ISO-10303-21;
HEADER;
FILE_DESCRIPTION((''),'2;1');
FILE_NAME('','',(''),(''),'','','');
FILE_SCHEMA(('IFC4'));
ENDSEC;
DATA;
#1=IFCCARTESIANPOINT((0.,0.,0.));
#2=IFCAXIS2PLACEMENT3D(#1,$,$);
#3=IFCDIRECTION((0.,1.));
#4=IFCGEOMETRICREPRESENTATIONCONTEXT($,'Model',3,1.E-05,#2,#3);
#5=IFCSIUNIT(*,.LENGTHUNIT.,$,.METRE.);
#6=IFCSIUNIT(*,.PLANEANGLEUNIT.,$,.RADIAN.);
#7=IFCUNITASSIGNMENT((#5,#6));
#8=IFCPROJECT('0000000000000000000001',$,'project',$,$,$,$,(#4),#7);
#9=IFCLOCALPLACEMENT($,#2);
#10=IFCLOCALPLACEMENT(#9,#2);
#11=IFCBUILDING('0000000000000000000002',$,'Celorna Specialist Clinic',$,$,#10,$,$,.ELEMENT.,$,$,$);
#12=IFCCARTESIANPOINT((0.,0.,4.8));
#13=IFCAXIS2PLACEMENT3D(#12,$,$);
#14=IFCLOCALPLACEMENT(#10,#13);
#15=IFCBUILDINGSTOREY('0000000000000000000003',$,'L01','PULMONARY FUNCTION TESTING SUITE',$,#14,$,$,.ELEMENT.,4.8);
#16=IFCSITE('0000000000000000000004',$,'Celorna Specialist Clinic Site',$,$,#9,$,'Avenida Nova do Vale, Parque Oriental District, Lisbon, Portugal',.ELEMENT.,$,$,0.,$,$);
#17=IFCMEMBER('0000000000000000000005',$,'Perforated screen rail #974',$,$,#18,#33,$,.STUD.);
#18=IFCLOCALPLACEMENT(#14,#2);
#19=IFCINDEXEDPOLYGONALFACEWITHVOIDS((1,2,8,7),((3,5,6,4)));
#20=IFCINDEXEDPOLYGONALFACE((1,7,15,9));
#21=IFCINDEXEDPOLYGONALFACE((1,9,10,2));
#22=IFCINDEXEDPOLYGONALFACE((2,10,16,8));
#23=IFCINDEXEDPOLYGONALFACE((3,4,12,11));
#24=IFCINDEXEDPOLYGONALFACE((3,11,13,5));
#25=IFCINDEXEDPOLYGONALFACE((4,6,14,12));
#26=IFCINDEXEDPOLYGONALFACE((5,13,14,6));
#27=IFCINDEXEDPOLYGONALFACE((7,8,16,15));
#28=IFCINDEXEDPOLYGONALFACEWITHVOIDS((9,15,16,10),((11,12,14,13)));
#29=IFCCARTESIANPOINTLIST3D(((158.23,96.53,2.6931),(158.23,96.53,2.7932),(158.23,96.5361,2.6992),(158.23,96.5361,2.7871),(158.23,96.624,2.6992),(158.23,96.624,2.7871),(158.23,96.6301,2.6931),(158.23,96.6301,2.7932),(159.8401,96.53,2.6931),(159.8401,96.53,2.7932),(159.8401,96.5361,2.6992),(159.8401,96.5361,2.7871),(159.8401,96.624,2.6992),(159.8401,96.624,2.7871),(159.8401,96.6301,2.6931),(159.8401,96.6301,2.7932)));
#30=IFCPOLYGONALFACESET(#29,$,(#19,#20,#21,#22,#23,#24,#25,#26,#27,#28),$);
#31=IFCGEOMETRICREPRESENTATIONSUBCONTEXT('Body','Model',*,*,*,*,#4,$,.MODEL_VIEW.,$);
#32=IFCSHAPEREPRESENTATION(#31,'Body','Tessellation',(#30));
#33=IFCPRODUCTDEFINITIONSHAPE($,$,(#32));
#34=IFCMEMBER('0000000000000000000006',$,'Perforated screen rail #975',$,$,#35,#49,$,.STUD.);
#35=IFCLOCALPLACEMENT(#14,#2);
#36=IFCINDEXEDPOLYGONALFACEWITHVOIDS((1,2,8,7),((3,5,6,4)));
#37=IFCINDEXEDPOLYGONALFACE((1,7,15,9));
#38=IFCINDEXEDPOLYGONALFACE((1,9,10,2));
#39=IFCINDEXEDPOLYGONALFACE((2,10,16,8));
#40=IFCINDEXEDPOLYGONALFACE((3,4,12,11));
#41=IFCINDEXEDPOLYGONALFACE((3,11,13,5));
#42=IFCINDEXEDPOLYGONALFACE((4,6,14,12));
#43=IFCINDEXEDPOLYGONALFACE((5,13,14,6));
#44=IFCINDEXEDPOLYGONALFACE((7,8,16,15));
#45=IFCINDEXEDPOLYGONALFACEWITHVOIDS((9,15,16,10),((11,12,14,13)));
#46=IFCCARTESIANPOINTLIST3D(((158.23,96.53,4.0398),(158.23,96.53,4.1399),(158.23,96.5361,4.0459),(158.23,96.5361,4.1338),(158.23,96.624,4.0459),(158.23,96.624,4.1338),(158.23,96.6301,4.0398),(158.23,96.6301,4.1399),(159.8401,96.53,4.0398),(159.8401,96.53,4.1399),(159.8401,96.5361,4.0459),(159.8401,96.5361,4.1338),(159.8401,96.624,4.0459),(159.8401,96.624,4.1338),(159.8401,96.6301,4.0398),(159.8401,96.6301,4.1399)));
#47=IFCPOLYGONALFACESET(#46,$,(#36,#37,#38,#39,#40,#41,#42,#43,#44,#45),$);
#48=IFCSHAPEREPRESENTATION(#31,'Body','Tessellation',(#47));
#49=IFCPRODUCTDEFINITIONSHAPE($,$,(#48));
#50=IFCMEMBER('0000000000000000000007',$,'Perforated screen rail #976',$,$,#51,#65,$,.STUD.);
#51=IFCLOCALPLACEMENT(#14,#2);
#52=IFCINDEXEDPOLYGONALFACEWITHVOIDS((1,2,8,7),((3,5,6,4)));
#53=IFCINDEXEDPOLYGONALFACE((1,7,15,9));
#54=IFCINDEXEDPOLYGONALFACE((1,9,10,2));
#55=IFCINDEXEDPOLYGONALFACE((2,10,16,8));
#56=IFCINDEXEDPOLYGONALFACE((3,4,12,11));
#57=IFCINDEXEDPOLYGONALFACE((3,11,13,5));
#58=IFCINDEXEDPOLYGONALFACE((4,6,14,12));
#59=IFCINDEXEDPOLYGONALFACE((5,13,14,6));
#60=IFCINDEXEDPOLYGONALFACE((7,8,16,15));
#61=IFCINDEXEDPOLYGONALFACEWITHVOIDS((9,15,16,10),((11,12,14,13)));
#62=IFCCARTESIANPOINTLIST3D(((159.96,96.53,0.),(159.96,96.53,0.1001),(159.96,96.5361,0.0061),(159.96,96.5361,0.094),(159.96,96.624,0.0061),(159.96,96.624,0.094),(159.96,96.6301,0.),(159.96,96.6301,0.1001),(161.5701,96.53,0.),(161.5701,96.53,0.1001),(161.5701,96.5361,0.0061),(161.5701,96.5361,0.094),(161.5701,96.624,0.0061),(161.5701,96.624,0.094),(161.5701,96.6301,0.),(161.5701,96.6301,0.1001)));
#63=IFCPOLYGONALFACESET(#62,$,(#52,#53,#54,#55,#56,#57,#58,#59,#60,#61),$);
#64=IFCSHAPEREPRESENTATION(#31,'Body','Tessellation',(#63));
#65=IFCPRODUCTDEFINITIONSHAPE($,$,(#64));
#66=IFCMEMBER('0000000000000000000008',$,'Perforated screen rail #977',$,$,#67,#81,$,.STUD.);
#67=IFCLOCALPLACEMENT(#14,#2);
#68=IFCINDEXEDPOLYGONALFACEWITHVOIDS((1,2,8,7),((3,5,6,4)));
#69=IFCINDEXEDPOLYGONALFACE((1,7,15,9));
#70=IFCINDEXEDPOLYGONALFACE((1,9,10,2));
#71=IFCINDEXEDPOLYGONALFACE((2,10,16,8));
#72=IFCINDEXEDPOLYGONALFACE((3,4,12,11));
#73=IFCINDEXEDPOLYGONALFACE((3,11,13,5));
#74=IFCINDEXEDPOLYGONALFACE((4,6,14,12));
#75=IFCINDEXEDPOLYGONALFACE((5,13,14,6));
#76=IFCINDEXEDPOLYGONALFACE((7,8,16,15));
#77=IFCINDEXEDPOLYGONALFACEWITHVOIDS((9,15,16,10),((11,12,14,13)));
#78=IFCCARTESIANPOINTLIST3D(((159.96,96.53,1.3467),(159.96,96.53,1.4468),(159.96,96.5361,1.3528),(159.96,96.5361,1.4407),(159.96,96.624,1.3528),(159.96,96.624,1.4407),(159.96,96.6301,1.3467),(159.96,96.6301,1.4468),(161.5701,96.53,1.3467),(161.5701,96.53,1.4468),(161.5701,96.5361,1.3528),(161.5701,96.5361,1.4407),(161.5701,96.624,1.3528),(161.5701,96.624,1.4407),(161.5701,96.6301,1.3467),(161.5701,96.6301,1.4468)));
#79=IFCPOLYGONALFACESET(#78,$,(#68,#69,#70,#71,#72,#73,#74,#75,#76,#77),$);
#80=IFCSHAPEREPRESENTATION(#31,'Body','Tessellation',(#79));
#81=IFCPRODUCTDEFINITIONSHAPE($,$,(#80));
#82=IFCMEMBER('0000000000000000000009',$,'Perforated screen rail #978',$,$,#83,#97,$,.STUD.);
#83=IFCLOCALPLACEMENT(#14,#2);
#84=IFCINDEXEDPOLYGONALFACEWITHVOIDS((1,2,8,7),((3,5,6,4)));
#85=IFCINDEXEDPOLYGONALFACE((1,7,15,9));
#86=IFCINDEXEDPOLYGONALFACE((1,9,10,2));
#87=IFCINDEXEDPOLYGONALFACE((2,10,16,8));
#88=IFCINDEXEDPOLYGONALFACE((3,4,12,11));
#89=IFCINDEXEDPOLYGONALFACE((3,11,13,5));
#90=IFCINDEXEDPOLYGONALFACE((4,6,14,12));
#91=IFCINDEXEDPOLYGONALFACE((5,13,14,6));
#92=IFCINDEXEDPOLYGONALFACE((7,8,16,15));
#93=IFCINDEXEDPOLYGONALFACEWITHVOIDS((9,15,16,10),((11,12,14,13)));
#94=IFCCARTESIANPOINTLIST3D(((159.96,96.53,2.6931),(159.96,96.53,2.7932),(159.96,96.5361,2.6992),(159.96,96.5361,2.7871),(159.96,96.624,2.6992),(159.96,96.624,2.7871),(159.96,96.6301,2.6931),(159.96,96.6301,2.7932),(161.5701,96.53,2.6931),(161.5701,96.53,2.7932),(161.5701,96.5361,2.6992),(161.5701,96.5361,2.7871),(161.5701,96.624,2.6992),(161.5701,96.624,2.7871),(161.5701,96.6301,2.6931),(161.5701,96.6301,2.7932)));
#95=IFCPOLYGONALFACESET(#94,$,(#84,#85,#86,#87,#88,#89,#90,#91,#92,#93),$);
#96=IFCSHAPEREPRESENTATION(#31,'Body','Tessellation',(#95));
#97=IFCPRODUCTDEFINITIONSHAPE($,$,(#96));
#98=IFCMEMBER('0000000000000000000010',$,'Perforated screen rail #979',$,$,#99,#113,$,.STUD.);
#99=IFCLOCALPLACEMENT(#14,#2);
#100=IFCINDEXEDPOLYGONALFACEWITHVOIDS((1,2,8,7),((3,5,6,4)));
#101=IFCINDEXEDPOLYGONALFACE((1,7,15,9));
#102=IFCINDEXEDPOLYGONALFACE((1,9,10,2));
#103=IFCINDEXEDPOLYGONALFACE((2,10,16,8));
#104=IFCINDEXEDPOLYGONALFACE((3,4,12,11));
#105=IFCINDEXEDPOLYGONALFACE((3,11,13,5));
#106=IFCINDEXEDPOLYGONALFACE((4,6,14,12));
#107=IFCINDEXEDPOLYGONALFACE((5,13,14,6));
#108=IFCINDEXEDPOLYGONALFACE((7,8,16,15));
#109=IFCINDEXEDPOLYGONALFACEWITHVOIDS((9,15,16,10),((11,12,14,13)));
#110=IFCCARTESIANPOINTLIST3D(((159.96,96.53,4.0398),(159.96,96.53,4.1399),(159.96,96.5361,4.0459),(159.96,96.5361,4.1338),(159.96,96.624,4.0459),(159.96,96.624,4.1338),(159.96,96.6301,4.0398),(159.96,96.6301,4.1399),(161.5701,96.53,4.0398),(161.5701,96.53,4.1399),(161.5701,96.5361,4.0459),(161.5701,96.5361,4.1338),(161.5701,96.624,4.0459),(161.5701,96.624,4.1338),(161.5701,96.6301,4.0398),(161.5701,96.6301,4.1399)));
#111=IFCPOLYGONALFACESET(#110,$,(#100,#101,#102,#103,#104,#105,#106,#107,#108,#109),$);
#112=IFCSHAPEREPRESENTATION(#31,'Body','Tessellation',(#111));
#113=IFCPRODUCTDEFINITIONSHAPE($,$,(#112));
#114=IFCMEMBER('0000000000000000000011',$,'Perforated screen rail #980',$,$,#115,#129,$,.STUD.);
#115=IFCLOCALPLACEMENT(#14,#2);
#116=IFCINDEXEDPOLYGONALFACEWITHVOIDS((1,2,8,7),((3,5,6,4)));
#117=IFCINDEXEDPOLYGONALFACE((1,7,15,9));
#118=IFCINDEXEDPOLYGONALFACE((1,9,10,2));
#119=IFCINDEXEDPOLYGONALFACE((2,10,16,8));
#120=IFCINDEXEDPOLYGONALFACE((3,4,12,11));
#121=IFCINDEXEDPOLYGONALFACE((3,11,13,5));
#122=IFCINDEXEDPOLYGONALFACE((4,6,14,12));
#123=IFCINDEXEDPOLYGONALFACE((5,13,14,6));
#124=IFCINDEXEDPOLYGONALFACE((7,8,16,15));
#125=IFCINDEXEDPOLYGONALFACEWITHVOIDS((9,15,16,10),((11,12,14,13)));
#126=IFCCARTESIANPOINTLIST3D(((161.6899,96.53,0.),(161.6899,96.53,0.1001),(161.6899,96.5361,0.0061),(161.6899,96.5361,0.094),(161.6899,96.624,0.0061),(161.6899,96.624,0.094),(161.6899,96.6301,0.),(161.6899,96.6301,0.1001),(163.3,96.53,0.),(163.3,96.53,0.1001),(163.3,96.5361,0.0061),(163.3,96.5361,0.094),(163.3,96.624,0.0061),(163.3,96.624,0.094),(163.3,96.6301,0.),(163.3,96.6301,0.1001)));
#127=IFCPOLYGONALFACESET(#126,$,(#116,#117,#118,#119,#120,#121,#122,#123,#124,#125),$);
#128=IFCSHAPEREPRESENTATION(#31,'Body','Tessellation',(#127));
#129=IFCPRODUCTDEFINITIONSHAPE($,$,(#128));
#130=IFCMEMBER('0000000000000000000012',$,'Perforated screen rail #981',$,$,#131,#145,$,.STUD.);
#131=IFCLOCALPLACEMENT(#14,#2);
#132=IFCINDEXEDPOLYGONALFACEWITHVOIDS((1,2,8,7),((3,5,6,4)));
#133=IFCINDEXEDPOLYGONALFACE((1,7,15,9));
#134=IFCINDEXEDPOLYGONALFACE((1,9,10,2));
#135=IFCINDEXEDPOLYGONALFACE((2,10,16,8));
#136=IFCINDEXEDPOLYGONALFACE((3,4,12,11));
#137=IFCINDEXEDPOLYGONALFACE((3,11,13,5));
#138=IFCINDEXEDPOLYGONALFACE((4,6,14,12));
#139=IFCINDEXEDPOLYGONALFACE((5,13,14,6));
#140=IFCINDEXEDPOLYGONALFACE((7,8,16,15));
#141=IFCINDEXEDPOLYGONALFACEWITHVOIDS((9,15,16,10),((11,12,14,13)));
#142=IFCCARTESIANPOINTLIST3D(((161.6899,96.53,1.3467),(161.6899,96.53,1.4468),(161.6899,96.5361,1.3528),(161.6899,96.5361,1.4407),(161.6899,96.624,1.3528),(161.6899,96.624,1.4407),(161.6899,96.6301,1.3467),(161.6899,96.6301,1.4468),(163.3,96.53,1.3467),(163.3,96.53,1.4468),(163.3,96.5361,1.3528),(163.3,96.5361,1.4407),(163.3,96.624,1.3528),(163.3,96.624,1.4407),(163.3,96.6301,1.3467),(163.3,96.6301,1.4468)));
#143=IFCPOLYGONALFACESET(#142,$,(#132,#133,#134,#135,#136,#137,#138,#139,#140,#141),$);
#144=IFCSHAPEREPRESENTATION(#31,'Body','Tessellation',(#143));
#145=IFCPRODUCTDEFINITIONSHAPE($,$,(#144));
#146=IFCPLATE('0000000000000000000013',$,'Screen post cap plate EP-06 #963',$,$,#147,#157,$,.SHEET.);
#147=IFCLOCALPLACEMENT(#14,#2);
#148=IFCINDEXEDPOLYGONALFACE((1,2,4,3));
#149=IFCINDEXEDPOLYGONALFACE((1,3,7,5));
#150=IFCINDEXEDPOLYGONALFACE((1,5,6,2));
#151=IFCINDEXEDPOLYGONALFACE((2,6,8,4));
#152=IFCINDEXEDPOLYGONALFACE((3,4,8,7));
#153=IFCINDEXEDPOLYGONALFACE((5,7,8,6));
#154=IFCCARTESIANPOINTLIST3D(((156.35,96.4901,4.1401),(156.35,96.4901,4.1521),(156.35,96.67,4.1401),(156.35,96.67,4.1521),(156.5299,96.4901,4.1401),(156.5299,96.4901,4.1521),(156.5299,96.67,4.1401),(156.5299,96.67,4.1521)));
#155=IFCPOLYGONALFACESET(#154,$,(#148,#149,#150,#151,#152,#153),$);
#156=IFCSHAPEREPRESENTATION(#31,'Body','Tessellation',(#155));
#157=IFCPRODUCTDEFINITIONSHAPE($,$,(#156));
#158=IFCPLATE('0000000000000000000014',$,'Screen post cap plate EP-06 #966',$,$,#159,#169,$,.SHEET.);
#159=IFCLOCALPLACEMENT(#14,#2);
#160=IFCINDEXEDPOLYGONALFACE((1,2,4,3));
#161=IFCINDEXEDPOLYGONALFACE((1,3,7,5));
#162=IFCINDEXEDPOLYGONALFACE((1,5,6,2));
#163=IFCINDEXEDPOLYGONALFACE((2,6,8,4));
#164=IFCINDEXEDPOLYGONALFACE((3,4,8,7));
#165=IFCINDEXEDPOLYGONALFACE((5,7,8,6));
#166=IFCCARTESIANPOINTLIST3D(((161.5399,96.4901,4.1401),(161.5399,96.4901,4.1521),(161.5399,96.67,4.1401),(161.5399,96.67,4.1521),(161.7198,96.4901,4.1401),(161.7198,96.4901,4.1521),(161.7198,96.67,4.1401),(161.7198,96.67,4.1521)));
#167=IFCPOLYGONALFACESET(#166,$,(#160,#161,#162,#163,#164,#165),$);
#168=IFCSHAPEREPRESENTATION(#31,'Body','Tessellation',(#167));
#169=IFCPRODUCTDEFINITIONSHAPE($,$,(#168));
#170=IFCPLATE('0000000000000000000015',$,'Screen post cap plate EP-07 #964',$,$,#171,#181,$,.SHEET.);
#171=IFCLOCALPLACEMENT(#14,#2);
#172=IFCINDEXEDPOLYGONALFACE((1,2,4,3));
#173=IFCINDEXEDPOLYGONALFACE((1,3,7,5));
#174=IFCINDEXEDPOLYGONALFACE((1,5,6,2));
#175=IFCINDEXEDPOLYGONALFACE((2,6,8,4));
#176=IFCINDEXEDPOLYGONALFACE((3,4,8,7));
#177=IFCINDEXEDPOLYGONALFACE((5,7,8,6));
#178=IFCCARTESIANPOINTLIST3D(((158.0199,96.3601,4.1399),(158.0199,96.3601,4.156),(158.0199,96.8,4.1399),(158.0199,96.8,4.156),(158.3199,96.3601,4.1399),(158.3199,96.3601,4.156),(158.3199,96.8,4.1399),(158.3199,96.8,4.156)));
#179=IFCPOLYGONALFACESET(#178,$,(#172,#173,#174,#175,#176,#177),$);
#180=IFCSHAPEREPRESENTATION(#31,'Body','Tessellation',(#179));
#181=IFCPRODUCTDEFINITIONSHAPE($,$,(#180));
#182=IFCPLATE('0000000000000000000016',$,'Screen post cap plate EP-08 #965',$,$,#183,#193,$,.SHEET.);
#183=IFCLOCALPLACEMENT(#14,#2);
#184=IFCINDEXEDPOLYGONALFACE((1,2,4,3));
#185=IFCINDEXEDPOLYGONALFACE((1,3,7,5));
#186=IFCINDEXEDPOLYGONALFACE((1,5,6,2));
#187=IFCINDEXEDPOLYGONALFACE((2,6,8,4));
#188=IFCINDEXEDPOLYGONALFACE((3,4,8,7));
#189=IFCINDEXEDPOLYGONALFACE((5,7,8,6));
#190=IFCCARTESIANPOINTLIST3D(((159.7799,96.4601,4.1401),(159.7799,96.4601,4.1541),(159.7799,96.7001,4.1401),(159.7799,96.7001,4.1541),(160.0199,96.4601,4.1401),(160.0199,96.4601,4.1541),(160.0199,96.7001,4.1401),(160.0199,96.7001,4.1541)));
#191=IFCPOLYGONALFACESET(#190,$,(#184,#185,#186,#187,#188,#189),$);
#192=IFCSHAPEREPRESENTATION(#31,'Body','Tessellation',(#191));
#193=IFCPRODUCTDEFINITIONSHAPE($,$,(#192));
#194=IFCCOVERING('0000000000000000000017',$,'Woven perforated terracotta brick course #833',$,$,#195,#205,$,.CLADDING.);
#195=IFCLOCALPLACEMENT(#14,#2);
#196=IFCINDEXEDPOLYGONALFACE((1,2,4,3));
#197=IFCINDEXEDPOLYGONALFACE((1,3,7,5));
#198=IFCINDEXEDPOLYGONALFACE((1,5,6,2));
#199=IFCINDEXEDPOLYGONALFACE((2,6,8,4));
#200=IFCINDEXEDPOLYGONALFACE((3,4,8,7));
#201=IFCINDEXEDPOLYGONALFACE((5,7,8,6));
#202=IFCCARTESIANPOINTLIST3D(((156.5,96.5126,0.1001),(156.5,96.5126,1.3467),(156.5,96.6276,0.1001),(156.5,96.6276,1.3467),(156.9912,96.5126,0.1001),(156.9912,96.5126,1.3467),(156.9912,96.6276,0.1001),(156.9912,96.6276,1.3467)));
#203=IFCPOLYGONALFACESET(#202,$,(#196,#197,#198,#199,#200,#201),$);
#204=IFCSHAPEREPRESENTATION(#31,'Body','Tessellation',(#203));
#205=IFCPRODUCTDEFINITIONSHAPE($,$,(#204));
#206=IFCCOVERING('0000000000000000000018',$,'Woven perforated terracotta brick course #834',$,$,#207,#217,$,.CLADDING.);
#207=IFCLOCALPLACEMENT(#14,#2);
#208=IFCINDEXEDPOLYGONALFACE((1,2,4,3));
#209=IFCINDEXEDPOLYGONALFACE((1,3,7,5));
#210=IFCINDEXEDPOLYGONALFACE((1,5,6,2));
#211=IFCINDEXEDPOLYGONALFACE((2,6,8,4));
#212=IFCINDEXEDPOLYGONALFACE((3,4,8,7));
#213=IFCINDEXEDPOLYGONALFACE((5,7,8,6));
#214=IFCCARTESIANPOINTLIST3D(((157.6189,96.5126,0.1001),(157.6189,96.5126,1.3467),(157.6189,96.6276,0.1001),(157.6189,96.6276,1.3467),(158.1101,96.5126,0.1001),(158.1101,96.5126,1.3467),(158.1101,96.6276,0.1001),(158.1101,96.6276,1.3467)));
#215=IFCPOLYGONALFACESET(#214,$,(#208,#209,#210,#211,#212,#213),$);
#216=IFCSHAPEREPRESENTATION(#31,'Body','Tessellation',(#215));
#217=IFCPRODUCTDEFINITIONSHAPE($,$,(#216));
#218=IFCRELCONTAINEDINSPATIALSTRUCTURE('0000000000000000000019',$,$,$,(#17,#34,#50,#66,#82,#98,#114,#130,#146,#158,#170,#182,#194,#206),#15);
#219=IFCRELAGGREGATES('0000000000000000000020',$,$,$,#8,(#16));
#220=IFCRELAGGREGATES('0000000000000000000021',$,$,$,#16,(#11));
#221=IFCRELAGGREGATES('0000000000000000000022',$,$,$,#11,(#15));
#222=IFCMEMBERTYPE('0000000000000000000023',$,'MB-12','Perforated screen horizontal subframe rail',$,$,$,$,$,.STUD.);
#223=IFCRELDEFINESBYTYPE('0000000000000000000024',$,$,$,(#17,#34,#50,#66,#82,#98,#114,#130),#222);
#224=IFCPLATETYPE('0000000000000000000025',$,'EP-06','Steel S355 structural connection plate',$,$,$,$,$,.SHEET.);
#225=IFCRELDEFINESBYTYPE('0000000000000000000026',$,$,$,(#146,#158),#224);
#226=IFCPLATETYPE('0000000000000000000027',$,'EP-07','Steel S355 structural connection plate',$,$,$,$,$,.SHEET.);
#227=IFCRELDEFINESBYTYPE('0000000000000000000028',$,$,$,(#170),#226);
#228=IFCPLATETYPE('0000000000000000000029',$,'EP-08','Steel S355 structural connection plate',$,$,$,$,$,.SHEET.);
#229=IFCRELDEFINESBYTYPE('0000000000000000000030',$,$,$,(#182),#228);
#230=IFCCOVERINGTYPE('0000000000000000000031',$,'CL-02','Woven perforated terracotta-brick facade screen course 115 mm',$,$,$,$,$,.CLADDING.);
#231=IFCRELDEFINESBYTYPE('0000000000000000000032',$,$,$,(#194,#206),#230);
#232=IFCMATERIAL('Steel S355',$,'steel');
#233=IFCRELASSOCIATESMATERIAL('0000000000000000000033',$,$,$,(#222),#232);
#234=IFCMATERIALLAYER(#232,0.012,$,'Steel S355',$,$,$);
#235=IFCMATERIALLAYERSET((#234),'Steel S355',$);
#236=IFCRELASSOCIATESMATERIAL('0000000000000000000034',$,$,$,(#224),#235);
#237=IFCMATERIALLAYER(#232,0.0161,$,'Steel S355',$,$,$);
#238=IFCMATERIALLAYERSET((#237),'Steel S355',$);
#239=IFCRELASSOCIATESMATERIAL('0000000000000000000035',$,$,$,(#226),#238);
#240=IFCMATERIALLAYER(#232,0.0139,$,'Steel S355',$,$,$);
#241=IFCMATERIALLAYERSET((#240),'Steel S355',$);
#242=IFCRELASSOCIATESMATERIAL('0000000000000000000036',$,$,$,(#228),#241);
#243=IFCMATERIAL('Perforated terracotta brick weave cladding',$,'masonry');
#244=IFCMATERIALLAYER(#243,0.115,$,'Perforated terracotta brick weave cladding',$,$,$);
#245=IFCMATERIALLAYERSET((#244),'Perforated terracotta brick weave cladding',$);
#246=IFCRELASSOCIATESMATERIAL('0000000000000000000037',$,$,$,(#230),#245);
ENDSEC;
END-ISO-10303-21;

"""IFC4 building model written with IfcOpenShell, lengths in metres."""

from ifc_helpers import new_model, si_unit, direction, frame, origin, origin_2d, place, context, subcontext, project, spatial, rectangle, hollow_rectangle, extrude, material, layer, layer_set, material_profile, profile_set, type_object, element, save


model = new_model("IFC4")

# Units and contexts
model_context = context("Model", 3, precision=1e-05, world=origin(), true_north=direction((0.0, 1.0)))
body_context = subcontext(model_context, "Body", "Model", "MODEL_VIEW")
ifc_project = project(units=[si_unit("LENGTHUNIT", "METRE"), si_unit("PLANEANGLEUNIT", "RADIAN")], contexts=[model_context])

# Site, building, storey
site_placement = place(None, origin())
site = spatial("IfcSite", under=ifc_project, at=site_placement, Name="Celorna Specialist Clinic Site", LongName="Avenida Nova do Vale, Parque Oriental District, Lisbon, Portugal", CompositionType="ELEMENT", RefElevation=0.0)
building_placement = place(site_placement, origin())
building = spatial("IfcBuilding", under=site, at=building_placement, Name="Celorna Specialist Clinic", CompositionType="ELEMENT")
storey_placement = place(building_placement, frame((0.0, 0.0, 4.8)))
storey = spatial("IfcBuildingStorey", under=building, at=storey_placement, Name="L01", Description="PULMONARY FUNCTION TESTING SUITE", CompositionType="ELEMENT", Elevation=4.8)

# Shared definitions
ifc_material_1 = material(Name="Steel S355", Category="steel")

# Members
ifc_material_profile_1 = material_profile(ifc_material_1, hollow_rectangle(XDim=0.1001, YDim=0.1001, WallThickness=0.0061, at=origin_2d()), Name="SHS 100x100x6")
ifc_profile_set_1 = profile_set([ifc_material_profile_1], Name="Steel S355")
member_type_1 = type_object("IfcMemberType", Name="MB-12", Description="Perforated screen horizontal subframe rail", PredefinedType="STUD", material=ifc_profile_set_1)
for number, where, z_axis, x_axis, name in (
    (1, (158.23, 96.5801, 2.7432), (1.0, 0.0, 0.0), (0.0, 1.0, 0.0), "Perforated screen rail #974"),
    (2, (158.23, 96.5801, 4.0898), (1.0, 0.0, 0.0), (0.0, 1.0, 0.0), "Perforated screen rail #975"),
    (3, (159.96, 96.5801, 0.05), (1.0, 0.0, 0.0), (0.0, 1.0, 0.0), "Perforated screen rail #976"),
    (4, (159.96, 96.5801, 1.3967), (1.0, 0.0, 0.0), (0.0, 1.0, 0.0), "Perforated screen rail #977"),
    (5, (159.96, 96.5801, 2.7432), (1.0, 0.0, 0.0), (0.0, 1.0, 0.0), "Perforated screen rail #978"),
    (6, (159.96, 96.5801, 4.0898), (1.0, 0.0, 0.0), (0.0, 1.0, 0.0), "Perforated screen rail #979"),
    (7, (161.6899, 96.5801, 0.05), (1.0, 0.0, 0.0), (0.0, 1.0, 0.0), "Perforated screen rail #980"),
    (8, (161.6899, 96.5801, 1.3967), (1.0, 0.0, 0.0), (0.0, 1.0, 0.0), "Perforated screen rail #981"),
):
    element("IfcMember", number, at=place(storey_placement, frame(where, z_axis=z_axis, x_axis=x_axis)), inside=storey, type_object=member_type_1, Name=name, PredefinedType="STUD", context=body_context, shape_type="SweptSolid", body=[
        extrude(hollow_rectangle(XDim=0.1001, YDim=0.1001, WallThickness=0.0061, at=origin_2d()), origin(), (0.0, 0.0, 1.0), 1.6101),
    ])

# Plates
ifc_layer_1 = layer(ifc_material_1, 0.012, Name="Steel S355")
ifc_layer_set_1 = layer_set([ifc_layer_1], Name="Steel S355")
plate_type_1 = type_object("IfcPlateType", Name="EP-06", Description="Steel S355 structural connection plate", PredefinedType="SHEET", material=ifc_layer_set_1)
for number, where, z_axis, x_axis, name in (
    (9, (156.4399, 96.5801, 4.1401), (0.0, 0.0, 1.0), (1.0, 0.0, 0.0), "Screen post cap plate EP-06 #963"),
    (10, (161.6299, 96.5801, 4.1401), (0.0, 0.0, 1.0), (1.0, 0.0, 0.0), "Screen post cap plate EP-06 #966"),
):
    element("IfcPlate", number, at=place(storey_placement, frame(where, z_axis=z_axis, x_axis=x_axis)), inside=storey, type_object=plate_type_1, Name=name, PredefinedType="SHEET", context=body_context, shape_type="SweptSolid", body=[
        extrude(rectangle(XDim=0.1799, YDim=0.1799, at=origin_2d()), origin(), (0.0, 0.0, 1.0), 0.012),
    ])
ifc_layer_2 = layer(ifc_material_1, 0.0161, Name="Steel S355")
ifc_layer_set_2 = layer_set([ifc_layer_2], Name="Steel S355")
plate_type_2 = type_object("IfcPlateType", Name="EP-07", Description="Steel S355 structural connection plate", PredefinedType="SHEET", material=ifc_layer_set_2)
plate_1_placement = place(storey_placement, frame((158.1699, 96.5801, 4.1399), z_axis=(0.0, 0.0, 1.0), x_axis=(1.0, 0.0, 0.0)))
element("IfcPlate", 11, at=plate_1_placement, inside=storey, type_object=plate_type_2, Name="Screen post cap plate EP-07 #964", PredefinedType="SHEET", context=body_context, shape_type="SweptSolid", body=[
    extrude(rectangle(XDim=0.3, YDim=0.4399, at=origin_2d()), origin(), (0.0, 0.0, 1.0), 0.0161),
])
ifc_layer_3 = layer(ifc_material_1, 0.0139, Name="Steel S355")
ifc_layer_set_3 = layer_set([ifc_layer_3], Name="Steel S355")
plate_type_3 = type_object("IfcPlateType", Name="EP-08", Description="Steel S355 structural connection plate", PredefinedType="SHEET", material=ifc_layer_set_3)
plate_2_placement = place(storey_placement, frame((159.8999, 96.5801, 4.1401), z_axis=(0.0, 0.0, 1.0), x_axis=(1.0, 0.0, 0.0)))
element("IfcPlate", 12, at=plate_2_placement, inside=storey, type_object=plate_type_3, Name="Screen post cap plate EP-08 #965", PredefinedType="SHEET", context=body_context, shape_type="SweptSolid", body=[
    extrude(rectangle(XDim=0.24, YDim=0.24, at=origin_2d()), origin(), (0.0, 0.0, 1.0), 0.0139),
])

# Coverings
ifc_material_2 = material(Name="Perforated terracotta brick weave cladding", Category="masonry")
ifc_layer_4 = layer(ifc_material_2, 0.115, Name="Perforated terracotta brick weave cladding")
ifc_layer_set_4 = layer_set([ifc_layer_4], Name="Perforated terracotta brick weave cladding")
covering_type = type_object("IfcCoveringType", Name="CL-02", Description="Woven perforated terracotta-brick facade screen course 115 mm", PredefinedType="CLADDING", material=ifc_layer_set_4)
for number, where, z_axis, x_axis, name in (
    (13, (156.7456, 96.5701, 0.1001), (0.0, 0.0, 1.0), (1.0, 0.0, 0.0), "Woven perforated terracotta brick course #833"),
    (14, (157.8645, 96.5701, 0.1001), (0.0, 0.0, 1.0), (1.0, 0.0, 0.0), "Woven perforated terracotta brick course #834"),
):
    element("IfcCovering", number, at=place(storey_placement, frame(where, z_axis=z_axis, x_axis=x_axis)), inside=storey, type_object=covering_type, Name=name, PredefinedType="CLADDING", context=body_context, shape_type="SweptSolid", body=[
        extrude(rectangle(XDim=0.4912, YDim=0.115, at=origin_2d()), origin(), (0.0, 0.0, 1.0), 1.2466),
    ])

save(model, "model.ifc")
